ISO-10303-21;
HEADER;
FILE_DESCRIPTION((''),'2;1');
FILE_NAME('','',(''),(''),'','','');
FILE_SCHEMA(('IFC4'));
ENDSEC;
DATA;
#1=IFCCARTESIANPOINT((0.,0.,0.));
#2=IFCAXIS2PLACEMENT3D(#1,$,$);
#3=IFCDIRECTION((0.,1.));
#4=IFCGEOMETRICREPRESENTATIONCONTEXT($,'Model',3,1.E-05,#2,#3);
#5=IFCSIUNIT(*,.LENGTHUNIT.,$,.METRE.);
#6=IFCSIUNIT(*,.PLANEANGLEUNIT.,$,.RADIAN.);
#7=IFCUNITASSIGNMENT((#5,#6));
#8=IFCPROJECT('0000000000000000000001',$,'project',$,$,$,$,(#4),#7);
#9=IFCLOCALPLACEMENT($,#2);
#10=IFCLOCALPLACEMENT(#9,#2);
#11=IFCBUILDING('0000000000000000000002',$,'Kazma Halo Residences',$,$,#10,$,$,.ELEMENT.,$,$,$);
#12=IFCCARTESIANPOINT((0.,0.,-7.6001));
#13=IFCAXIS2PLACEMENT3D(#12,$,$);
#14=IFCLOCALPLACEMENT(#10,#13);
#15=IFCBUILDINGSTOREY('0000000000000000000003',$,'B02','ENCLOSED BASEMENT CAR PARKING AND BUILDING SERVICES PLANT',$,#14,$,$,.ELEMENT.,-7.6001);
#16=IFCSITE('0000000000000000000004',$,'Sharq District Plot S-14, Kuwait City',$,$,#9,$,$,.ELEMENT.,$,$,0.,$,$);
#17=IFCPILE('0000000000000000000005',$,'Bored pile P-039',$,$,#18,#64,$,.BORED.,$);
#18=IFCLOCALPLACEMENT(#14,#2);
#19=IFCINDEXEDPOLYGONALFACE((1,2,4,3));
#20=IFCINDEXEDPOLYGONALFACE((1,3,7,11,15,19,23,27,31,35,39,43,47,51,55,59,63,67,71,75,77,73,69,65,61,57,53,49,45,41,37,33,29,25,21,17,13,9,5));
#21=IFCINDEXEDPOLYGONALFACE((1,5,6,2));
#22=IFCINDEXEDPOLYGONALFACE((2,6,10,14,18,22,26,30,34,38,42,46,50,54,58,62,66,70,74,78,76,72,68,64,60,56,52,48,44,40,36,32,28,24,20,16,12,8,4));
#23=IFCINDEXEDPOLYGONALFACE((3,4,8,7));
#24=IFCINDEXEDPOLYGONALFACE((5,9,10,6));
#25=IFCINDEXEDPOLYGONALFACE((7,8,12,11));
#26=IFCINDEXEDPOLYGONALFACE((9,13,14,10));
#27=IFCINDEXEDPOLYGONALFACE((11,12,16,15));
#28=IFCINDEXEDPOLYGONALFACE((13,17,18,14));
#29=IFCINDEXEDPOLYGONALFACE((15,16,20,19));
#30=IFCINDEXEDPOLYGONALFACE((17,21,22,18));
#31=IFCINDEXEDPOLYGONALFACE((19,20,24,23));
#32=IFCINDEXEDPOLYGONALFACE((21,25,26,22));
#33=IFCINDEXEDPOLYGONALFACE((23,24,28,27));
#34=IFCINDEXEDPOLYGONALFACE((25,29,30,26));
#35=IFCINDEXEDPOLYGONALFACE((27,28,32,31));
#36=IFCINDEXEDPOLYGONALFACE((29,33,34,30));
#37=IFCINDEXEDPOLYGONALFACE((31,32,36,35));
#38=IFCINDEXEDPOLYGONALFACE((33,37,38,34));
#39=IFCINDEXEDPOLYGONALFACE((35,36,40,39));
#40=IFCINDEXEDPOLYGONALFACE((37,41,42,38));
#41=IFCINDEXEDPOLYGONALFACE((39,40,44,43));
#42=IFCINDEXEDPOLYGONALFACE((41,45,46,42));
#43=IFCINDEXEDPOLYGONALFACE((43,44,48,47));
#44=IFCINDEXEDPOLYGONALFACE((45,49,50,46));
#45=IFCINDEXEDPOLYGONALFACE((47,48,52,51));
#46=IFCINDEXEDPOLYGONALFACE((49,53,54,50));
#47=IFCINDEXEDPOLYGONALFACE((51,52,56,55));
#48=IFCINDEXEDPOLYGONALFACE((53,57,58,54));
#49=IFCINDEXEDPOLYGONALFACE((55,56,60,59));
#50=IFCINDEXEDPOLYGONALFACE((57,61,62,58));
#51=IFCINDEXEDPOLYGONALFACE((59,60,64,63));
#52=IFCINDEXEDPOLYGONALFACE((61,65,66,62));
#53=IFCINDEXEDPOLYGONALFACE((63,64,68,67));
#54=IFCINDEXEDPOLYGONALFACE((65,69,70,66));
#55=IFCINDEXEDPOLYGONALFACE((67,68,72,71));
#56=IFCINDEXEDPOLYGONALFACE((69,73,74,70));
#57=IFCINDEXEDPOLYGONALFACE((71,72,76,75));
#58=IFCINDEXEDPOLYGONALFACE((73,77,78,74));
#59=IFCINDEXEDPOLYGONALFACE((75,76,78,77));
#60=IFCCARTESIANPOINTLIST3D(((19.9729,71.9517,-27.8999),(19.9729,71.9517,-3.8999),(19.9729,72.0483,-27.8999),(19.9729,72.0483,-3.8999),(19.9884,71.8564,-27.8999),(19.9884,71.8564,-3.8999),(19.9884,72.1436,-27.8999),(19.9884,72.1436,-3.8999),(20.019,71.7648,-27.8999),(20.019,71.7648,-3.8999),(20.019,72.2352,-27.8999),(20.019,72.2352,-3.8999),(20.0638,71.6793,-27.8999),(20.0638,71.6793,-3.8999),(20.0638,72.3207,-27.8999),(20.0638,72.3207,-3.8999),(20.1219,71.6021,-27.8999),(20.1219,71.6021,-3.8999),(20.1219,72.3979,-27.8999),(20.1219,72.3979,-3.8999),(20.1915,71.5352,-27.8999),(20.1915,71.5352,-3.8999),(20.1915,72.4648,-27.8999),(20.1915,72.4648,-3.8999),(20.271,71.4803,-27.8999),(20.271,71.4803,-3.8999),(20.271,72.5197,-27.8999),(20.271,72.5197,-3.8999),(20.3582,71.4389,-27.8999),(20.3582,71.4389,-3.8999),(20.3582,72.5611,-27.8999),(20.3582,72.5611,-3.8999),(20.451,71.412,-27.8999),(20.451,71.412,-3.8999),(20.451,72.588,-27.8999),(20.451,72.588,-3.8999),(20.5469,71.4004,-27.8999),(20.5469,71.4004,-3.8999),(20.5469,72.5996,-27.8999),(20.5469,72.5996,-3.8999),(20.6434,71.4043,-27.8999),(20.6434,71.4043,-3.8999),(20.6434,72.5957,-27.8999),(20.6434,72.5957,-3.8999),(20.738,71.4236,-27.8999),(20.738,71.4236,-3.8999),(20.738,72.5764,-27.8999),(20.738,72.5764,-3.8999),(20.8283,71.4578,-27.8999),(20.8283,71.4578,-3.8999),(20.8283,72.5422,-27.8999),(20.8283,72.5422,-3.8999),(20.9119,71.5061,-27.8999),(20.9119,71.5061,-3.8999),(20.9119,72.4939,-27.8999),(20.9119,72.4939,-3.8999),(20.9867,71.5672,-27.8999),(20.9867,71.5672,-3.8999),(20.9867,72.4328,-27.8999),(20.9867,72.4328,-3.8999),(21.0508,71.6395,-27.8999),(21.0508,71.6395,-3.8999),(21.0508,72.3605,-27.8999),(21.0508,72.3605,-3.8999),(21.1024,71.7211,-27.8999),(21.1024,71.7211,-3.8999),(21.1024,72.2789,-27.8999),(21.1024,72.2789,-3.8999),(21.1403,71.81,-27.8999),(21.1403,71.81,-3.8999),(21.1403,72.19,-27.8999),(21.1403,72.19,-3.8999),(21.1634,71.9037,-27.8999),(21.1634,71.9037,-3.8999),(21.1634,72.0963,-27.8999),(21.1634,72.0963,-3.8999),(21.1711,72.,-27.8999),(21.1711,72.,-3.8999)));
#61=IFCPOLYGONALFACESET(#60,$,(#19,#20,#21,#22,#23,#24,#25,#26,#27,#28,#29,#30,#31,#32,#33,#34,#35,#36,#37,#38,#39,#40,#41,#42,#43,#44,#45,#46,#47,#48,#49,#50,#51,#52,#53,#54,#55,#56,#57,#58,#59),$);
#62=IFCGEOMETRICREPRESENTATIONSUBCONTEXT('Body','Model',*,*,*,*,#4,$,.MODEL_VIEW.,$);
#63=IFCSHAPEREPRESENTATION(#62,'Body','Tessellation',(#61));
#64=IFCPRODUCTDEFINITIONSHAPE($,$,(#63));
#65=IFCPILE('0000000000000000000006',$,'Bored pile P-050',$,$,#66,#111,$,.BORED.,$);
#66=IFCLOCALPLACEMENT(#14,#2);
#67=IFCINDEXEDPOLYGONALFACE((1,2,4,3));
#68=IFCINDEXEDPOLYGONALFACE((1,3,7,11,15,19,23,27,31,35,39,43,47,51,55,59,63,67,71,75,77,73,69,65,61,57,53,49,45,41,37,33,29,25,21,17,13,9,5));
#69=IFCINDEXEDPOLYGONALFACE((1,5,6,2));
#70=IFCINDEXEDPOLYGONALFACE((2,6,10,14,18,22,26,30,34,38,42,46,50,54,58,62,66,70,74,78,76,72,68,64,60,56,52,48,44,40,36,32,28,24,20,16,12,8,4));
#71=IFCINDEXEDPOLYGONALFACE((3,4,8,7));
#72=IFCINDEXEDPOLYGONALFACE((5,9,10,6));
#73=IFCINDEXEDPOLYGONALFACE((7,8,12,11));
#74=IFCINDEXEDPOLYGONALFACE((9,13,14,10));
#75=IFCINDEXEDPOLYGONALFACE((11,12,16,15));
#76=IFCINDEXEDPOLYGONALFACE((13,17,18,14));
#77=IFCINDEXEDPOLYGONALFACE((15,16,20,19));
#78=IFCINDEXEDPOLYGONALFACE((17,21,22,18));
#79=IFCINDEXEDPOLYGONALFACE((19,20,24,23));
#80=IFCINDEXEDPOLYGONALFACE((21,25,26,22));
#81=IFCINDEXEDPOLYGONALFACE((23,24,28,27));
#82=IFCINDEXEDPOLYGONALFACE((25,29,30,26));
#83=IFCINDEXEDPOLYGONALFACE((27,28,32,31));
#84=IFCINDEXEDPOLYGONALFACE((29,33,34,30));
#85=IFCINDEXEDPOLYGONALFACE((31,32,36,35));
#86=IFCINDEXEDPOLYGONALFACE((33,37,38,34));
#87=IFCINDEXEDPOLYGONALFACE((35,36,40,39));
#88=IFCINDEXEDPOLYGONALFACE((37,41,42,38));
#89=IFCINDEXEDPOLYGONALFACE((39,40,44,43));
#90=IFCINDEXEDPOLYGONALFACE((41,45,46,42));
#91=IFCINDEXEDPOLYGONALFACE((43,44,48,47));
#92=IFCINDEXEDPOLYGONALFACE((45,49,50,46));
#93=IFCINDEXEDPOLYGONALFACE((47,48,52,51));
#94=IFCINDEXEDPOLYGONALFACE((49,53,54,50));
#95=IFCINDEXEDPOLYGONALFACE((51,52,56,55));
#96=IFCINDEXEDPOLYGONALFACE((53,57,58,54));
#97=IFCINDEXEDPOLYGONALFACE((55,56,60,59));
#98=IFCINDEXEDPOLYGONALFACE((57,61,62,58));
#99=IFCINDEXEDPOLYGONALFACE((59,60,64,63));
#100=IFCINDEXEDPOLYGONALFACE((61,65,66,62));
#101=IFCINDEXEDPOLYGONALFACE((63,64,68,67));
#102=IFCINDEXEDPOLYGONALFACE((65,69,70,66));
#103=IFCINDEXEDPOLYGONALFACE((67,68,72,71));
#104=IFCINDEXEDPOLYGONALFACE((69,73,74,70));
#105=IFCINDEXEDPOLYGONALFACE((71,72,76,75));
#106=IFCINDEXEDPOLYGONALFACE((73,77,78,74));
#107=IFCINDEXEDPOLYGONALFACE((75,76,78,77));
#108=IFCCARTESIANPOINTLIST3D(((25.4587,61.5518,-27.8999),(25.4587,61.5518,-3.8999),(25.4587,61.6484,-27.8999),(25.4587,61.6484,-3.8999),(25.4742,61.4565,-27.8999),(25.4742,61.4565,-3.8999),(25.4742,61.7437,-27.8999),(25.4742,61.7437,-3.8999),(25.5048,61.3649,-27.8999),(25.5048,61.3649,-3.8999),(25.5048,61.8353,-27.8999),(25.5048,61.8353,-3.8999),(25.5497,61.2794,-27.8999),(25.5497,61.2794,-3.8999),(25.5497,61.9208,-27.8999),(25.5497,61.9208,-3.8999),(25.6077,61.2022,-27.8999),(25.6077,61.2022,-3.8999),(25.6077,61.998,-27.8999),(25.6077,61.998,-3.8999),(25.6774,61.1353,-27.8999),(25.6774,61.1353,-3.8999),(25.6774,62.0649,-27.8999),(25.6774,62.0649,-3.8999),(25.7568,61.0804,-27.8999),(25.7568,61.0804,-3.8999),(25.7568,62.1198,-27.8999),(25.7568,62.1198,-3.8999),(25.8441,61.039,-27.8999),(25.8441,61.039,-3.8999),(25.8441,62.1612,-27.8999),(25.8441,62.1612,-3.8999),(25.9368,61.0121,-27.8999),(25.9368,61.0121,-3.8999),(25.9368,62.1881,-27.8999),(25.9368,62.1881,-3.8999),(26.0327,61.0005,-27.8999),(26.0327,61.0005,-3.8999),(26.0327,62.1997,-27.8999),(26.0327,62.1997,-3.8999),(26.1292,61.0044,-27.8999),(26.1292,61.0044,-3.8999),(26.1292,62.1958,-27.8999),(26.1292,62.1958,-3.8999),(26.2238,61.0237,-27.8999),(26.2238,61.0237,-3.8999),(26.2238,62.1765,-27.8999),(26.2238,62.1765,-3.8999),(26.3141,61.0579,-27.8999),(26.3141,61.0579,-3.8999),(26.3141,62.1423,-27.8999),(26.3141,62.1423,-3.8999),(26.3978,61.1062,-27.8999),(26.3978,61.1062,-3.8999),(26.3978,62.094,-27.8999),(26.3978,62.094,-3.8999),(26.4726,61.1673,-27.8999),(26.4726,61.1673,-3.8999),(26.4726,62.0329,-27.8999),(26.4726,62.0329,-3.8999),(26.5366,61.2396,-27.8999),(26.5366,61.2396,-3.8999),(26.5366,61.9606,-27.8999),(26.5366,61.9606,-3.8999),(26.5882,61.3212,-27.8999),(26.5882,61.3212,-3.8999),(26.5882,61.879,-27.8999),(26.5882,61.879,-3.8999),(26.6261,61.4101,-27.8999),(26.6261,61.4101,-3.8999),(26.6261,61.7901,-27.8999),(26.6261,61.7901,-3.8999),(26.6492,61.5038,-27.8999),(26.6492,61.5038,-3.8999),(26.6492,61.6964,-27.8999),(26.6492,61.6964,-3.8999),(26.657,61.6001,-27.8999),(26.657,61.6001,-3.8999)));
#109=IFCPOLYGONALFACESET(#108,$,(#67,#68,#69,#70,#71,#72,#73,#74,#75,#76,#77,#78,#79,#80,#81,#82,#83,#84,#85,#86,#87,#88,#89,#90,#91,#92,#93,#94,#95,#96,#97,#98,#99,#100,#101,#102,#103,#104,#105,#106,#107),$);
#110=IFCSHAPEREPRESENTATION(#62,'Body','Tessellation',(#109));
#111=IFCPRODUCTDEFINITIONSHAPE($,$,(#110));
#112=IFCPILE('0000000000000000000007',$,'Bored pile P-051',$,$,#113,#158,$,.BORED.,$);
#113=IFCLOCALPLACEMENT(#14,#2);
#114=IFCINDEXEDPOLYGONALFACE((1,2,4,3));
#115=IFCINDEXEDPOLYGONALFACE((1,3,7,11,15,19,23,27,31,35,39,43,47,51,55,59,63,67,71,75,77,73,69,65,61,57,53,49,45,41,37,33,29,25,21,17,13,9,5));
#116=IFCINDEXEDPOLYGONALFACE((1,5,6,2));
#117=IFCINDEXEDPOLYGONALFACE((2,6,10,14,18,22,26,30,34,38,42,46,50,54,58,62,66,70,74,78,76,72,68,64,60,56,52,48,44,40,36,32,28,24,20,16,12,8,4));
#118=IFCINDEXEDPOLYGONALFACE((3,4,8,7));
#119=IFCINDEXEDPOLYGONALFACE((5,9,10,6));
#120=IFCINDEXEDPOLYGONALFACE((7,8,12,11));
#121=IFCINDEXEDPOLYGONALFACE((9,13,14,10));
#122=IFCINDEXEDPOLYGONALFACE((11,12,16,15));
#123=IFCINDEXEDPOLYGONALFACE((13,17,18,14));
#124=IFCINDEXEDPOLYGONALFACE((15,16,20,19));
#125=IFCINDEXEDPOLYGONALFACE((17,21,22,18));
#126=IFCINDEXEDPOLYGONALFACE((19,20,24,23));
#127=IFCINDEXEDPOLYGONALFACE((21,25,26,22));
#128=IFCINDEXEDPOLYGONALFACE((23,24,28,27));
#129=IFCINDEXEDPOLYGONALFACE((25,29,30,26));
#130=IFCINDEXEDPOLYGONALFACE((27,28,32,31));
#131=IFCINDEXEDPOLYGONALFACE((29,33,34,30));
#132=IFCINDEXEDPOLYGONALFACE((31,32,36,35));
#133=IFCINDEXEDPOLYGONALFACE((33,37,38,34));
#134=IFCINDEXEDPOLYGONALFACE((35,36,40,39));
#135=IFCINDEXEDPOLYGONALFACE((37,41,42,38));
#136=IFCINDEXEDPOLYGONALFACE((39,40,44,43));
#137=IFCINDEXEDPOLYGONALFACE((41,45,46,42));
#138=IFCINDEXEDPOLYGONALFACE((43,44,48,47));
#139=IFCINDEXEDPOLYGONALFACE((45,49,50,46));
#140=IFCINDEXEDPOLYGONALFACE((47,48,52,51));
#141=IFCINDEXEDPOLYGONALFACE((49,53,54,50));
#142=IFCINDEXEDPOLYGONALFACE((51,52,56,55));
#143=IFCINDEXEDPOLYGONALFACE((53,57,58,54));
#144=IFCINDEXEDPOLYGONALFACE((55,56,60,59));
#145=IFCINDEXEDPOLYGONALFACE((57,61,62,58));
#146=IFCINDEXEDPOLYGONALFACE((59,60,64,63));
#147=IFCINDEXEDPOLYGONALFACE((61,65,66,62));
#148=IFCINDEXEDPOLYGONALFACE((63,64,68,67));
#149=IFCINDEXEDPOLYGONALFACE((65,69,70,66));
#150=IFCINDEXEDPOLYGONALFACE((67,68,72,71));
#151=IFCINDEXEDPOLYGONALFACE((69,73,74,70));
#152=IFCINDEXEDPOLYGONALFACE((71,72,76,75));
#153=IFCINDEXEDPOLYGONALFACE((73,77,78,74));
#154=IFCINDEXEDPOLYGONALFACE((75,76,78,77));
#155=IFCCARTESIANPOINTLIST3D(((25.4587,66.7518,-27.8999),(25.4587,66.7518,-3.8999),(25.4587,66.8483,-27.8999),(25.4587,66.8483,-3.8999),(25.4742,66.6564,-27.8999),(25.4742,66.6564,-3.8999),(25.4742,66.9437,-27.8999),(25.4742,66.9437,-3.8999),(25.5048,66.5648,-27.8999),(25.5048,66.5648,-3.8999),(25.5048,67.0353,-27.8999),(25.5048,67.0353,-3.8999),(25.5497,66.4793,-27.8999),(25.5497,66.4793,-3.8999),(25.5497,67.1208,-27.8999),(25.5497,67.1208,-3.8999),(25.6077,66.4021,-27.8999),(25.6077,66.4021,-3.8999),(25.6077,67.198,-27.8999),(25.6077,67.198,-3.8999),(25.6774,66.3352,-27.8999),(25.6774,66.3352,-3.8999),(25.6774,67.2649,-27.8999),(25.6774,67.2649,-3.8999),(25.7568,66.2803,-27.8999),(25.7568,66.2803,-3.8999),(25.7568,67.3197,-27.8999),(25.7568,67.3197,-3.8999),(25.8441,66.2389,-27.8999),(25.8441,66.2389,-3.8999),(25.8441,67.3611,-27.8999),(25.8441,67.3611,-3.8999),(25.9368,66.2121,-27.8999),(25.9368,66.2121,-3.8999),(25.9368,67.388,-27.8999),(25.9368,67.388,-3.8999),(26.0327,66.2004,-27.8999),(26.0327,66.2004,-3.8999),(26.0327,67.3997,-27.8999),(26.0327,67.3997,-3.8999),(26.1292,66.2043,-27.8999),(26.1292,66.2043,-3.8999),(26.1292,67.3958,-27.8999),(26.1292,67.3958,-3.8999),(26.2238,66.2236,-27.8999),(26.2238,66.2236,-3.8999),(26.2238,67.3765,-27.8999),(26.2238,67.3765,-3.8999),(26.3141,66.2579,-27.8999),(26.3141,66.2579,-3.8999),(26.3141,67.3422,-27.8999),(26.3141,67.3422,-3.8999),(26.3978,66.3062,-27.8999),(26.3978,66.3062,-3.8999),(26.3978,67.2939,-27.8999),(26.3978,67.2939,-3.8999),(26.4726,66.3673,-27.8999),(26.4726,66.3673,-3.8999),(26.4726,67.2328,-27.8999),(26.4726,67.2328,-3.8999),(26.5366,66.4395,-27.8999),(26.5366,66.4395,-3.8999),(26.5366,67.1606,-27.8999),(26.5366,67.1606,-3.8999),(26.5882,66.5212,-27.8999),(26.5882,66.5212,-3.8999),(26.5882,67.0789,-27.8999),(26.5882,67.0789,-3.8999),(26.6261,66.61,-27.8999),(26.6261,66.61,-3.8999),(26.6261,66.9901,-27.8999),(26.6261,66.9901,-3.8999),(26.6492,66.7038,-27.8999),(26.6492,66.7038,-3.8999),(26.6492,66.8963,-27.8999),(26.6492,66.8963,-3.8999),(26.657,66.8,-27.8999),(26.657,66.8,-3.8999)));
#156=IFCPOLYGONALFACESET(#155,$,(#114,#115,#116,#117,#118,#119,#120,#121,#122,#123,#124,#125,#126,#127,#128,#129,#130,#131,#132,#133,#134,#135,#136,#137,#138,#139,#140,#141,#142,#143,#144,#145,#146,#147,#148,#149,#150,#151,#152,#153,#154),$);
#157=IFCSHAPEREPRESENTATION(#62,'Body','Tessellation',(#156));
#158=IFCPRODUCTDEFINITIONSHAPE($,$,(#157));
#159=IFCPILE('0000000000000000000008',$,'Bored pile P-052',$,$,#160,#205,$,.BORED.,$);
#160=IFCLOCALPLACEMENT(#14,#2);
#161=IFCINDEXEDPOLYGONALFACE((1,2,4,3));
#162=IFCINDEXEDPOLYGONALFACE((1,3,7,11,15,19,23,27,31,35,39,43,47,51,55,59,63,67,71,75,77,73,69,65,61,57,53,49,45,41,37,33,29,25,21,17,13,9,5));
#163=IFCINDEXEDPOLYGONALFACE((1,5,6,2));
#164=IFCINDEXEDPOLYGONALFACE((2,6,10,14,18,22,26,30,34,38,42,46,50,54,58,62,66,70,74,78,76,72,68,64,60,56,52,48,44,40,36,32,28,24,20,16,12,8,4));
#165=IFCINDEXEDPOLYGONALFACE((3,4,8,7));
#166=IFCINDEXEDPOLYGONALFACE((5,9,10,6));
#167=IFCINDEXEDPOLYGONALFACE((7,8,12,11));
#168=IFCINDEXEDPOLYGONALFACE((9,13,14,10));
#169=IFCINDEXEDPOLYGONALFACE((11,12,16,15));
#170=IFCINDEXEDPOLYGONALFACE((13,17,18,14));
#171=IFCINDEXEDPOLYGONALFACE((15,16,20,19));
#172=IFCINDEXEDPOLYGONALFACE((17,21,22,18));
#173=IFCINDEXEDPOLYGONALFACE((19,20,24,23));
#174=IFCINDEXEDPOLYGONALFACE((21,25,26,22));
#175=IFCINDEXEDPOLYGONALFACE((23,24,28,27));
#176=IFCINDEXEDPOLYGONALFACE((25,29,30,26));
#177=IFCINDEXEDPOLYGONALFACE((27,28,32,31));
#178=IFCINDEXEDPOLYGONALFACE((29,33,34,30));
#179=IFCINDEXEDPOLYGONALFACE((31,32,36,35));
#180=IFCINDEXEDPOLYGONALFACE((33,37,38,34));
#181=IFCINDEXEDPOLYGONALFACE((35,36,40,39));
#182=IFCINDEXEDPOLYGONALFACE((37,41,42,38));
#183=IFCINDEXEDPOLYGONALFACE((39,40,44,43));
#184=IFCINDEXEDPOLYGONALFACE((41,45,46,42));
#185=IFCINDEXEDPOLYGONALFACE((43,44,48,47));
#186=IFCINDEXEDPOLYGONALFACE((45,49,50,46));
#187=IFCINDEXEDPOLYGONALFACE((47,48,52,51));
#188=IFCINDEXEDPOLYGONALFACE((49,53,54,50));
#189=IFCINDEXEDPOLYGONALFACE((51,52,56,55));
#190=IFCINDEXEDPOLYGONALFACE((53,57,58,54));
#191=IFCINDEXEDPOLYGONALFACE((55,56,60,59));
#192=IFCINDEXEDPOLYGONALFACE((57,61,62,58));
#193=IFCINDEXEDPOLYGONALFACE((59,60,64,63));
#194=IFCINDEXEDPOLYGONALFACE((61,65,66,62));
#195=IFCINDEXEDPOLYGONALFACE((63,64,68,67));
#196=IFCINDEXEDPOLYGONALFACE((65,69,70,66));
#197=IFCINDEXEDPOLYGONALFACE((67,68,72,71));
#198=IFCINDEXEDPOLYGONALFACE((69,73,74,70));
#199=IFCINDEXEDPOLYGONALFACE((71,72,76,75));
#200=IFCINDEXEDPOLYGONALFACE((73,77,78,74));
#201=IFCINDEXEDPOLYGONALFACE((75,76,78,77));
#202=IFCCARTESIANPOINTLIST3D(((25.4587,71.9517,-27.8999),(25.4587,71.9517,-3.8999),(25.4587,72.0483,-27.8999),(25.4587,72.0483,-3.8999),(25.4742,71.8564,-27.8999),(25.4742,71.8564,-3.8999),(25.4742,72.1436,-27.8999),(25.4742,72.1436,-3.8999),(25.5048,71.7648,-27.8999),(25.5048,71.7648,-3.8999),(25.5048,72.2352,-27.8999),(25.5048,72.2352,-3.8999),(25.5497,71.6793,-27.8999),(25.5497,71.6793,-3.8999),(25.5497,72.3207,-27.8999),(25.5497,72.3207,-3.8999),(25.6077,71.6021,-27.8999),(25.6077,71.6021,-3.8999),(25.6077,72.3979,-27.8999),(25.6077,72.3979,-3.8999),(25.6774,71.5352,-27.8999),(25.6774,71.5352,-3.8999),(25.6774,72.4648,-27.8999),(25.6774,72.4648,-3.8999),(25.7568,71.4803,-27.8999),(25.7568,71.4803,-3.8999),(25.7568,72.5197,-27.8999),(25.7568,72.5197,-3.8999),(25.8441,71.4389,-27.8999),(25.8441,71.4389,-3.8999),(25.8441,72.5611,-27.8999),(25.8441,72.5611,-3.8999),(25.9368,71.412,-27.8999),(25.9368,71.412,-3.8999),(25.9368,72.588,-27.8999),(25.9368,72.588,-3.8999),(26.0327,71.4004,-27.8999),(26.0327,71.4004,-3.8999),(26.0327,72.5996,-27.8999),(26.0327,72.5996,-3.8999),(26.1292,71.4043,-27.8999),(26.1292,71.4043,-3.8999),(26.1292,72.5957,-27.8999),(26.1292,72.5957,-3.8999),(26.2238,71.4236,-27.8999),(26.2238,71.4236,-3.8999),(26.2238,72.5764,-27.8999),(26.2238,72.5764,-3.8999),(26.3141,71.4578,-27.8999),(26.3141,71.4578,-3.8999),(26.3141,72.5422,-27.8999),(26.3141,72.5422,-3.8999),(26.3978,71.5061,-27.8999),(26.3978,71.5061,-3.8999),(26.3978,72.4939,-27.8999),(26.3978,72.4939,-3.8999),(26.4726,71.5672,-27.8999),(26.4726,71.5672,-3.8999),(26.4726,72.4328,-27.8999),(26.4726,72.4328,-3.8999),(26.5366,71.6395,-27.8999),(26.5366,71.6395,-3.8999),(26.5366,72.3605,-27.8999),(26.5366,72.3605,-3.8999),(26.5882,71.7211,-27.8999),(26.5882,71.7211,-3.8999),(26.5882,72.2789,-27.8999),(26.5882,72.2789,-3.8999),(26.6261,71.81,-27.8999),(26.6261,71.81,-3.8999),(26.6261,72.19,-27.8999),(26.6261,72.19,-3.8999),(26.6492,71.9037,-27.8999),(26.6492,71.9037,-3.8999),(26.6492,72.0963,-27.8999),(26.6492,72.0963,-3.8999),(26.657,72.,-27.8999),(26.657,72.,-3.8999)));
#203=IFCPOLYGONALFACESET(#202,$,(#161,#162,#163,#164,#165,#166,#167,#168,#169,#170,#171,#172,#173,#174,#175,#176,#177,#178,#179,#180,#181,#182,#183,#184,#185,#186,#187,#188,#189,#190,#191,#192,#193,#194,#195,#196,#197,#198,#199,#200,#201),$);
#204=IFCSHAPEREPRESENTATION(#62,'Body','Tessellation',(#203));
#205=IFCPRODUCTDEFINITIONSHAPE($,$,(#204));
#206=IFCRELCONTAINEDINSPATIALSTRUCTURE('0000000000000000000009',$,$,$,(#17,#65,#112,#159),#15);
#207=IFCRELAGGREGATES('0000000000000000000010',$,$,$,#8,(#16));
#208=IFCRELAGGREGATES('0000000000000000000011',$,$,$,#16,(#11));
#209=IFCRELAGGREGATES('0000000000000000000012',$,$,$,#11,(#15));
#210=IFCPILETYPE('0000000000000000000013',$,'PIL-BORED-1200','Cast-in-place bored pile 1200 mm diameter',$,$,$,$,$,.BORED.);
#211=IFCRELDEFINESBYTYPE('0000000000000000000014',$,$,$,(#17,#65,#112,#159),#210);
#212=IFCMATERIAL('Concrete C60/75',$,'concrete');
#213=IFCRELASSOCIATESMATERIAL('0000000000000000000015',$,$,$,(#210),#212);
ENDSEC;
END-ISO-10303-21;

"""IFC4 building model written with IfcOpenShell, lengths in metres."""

from ifc_helpers import new_model, si_unit, direction, frame, origin, origin_2d, place, context, subcontext, project, spatial, circle, extrude, material, material_profile, profile_set, type_object, element, save


model = new_model("IFC4")

# Units and contexts
model_context = context("Model", 3, precision=1e-05, world=origin(), true_north=direction((0.0, 1.0)))
body_context = subcontext(model_context, "Body", "Model", "MODEL_VIEW")
ifc_project = project(units=[si_unit("LENGTHUNIT", "METRE"), si_unit("PLANEANGLEUNIT", "RADIAN")], contexts=[model_context])

# Site, building, storey
site_placement = place(None, origin())
site = spatial("IfcSite", under=ifc_project, at=site_placement, Name="Sharq District Plot S-14, Kuwait City", CompositionType="ELEMENT", RefElevation=0.0)
building_placement = place(site_placement, origin())
building = spatial("IfcBuilding", under=site, at=building_placement, Name="Kazma Halo Residences", CompositionType="ELEMENT")
storey_placement = place(building_placement, frame((0.0, 0.0, -7.6001)))
storey = spatial("IfcBuildingStorey", under=building, at=storey_placement, Name="B02", Description="ENCLOSED BASEMENT CAR PARKING AND BUILDING SERVICES PLANT", CompositionType="ELEMENT", Elevation=-7.6001)

# Piles
ifc_material_1 = material(Name="Concrete C60/75", Category="concrete")
ifc_material_profile_1 = material_profile(ifc_material_1, circle(Radius=0.6001, at=origin_2d()), Name="CIRC1200")
ifc_profile_set_1 = profile_set([ifc_material_profile_1], Name="Concrete C60/75")
pile_type = type_object("IfcPileType", Name="PIL-BORED-1200", Description="Cast-in-place bored pile 1200 mm diameter", PredefinedType="BORED", material=ifc_profile_set_1)
for number, where, z_axis, x_axis, name in (
    (1, (20.571, 72.0, -3.8999), (0.0, 0.0, -1.0), (1.0, 0.0, 0.0), "Bored pile P-039"),
    (2, (26.0569, 61.6001, -3.8999), (0.0, 0.0, -1.0), (1.0, 0.0, 0.0), "Bored pile P-050"),
    (3, (26.0569, 66.8, -3.8999), (0.0, 0.0, -1.0), (1.0, 0.0, 0.0), "Bored pile P-051"),
    (4, (26.0569, 72.0, -3.8999), (0.0, 0.0, -1.0), (1.0, 0.0, 0.0), "Bored pile P-052"),
):
    element("IfcPile", number, at=place(storey_placement, frame(where, z_axis=z_axis, x_axis=x_axis)), inside=storey, type_object=pile_type, Name=name, PredefinedType="BORED", context=body_context, shape_type="SweptSolid", body=[
        extrude(circle(Radius=0.6001, at=origin_2d()), origin(), (0.0, 0.0, 1.0), 24.0),
    ])

save(model, "model.ifc")
